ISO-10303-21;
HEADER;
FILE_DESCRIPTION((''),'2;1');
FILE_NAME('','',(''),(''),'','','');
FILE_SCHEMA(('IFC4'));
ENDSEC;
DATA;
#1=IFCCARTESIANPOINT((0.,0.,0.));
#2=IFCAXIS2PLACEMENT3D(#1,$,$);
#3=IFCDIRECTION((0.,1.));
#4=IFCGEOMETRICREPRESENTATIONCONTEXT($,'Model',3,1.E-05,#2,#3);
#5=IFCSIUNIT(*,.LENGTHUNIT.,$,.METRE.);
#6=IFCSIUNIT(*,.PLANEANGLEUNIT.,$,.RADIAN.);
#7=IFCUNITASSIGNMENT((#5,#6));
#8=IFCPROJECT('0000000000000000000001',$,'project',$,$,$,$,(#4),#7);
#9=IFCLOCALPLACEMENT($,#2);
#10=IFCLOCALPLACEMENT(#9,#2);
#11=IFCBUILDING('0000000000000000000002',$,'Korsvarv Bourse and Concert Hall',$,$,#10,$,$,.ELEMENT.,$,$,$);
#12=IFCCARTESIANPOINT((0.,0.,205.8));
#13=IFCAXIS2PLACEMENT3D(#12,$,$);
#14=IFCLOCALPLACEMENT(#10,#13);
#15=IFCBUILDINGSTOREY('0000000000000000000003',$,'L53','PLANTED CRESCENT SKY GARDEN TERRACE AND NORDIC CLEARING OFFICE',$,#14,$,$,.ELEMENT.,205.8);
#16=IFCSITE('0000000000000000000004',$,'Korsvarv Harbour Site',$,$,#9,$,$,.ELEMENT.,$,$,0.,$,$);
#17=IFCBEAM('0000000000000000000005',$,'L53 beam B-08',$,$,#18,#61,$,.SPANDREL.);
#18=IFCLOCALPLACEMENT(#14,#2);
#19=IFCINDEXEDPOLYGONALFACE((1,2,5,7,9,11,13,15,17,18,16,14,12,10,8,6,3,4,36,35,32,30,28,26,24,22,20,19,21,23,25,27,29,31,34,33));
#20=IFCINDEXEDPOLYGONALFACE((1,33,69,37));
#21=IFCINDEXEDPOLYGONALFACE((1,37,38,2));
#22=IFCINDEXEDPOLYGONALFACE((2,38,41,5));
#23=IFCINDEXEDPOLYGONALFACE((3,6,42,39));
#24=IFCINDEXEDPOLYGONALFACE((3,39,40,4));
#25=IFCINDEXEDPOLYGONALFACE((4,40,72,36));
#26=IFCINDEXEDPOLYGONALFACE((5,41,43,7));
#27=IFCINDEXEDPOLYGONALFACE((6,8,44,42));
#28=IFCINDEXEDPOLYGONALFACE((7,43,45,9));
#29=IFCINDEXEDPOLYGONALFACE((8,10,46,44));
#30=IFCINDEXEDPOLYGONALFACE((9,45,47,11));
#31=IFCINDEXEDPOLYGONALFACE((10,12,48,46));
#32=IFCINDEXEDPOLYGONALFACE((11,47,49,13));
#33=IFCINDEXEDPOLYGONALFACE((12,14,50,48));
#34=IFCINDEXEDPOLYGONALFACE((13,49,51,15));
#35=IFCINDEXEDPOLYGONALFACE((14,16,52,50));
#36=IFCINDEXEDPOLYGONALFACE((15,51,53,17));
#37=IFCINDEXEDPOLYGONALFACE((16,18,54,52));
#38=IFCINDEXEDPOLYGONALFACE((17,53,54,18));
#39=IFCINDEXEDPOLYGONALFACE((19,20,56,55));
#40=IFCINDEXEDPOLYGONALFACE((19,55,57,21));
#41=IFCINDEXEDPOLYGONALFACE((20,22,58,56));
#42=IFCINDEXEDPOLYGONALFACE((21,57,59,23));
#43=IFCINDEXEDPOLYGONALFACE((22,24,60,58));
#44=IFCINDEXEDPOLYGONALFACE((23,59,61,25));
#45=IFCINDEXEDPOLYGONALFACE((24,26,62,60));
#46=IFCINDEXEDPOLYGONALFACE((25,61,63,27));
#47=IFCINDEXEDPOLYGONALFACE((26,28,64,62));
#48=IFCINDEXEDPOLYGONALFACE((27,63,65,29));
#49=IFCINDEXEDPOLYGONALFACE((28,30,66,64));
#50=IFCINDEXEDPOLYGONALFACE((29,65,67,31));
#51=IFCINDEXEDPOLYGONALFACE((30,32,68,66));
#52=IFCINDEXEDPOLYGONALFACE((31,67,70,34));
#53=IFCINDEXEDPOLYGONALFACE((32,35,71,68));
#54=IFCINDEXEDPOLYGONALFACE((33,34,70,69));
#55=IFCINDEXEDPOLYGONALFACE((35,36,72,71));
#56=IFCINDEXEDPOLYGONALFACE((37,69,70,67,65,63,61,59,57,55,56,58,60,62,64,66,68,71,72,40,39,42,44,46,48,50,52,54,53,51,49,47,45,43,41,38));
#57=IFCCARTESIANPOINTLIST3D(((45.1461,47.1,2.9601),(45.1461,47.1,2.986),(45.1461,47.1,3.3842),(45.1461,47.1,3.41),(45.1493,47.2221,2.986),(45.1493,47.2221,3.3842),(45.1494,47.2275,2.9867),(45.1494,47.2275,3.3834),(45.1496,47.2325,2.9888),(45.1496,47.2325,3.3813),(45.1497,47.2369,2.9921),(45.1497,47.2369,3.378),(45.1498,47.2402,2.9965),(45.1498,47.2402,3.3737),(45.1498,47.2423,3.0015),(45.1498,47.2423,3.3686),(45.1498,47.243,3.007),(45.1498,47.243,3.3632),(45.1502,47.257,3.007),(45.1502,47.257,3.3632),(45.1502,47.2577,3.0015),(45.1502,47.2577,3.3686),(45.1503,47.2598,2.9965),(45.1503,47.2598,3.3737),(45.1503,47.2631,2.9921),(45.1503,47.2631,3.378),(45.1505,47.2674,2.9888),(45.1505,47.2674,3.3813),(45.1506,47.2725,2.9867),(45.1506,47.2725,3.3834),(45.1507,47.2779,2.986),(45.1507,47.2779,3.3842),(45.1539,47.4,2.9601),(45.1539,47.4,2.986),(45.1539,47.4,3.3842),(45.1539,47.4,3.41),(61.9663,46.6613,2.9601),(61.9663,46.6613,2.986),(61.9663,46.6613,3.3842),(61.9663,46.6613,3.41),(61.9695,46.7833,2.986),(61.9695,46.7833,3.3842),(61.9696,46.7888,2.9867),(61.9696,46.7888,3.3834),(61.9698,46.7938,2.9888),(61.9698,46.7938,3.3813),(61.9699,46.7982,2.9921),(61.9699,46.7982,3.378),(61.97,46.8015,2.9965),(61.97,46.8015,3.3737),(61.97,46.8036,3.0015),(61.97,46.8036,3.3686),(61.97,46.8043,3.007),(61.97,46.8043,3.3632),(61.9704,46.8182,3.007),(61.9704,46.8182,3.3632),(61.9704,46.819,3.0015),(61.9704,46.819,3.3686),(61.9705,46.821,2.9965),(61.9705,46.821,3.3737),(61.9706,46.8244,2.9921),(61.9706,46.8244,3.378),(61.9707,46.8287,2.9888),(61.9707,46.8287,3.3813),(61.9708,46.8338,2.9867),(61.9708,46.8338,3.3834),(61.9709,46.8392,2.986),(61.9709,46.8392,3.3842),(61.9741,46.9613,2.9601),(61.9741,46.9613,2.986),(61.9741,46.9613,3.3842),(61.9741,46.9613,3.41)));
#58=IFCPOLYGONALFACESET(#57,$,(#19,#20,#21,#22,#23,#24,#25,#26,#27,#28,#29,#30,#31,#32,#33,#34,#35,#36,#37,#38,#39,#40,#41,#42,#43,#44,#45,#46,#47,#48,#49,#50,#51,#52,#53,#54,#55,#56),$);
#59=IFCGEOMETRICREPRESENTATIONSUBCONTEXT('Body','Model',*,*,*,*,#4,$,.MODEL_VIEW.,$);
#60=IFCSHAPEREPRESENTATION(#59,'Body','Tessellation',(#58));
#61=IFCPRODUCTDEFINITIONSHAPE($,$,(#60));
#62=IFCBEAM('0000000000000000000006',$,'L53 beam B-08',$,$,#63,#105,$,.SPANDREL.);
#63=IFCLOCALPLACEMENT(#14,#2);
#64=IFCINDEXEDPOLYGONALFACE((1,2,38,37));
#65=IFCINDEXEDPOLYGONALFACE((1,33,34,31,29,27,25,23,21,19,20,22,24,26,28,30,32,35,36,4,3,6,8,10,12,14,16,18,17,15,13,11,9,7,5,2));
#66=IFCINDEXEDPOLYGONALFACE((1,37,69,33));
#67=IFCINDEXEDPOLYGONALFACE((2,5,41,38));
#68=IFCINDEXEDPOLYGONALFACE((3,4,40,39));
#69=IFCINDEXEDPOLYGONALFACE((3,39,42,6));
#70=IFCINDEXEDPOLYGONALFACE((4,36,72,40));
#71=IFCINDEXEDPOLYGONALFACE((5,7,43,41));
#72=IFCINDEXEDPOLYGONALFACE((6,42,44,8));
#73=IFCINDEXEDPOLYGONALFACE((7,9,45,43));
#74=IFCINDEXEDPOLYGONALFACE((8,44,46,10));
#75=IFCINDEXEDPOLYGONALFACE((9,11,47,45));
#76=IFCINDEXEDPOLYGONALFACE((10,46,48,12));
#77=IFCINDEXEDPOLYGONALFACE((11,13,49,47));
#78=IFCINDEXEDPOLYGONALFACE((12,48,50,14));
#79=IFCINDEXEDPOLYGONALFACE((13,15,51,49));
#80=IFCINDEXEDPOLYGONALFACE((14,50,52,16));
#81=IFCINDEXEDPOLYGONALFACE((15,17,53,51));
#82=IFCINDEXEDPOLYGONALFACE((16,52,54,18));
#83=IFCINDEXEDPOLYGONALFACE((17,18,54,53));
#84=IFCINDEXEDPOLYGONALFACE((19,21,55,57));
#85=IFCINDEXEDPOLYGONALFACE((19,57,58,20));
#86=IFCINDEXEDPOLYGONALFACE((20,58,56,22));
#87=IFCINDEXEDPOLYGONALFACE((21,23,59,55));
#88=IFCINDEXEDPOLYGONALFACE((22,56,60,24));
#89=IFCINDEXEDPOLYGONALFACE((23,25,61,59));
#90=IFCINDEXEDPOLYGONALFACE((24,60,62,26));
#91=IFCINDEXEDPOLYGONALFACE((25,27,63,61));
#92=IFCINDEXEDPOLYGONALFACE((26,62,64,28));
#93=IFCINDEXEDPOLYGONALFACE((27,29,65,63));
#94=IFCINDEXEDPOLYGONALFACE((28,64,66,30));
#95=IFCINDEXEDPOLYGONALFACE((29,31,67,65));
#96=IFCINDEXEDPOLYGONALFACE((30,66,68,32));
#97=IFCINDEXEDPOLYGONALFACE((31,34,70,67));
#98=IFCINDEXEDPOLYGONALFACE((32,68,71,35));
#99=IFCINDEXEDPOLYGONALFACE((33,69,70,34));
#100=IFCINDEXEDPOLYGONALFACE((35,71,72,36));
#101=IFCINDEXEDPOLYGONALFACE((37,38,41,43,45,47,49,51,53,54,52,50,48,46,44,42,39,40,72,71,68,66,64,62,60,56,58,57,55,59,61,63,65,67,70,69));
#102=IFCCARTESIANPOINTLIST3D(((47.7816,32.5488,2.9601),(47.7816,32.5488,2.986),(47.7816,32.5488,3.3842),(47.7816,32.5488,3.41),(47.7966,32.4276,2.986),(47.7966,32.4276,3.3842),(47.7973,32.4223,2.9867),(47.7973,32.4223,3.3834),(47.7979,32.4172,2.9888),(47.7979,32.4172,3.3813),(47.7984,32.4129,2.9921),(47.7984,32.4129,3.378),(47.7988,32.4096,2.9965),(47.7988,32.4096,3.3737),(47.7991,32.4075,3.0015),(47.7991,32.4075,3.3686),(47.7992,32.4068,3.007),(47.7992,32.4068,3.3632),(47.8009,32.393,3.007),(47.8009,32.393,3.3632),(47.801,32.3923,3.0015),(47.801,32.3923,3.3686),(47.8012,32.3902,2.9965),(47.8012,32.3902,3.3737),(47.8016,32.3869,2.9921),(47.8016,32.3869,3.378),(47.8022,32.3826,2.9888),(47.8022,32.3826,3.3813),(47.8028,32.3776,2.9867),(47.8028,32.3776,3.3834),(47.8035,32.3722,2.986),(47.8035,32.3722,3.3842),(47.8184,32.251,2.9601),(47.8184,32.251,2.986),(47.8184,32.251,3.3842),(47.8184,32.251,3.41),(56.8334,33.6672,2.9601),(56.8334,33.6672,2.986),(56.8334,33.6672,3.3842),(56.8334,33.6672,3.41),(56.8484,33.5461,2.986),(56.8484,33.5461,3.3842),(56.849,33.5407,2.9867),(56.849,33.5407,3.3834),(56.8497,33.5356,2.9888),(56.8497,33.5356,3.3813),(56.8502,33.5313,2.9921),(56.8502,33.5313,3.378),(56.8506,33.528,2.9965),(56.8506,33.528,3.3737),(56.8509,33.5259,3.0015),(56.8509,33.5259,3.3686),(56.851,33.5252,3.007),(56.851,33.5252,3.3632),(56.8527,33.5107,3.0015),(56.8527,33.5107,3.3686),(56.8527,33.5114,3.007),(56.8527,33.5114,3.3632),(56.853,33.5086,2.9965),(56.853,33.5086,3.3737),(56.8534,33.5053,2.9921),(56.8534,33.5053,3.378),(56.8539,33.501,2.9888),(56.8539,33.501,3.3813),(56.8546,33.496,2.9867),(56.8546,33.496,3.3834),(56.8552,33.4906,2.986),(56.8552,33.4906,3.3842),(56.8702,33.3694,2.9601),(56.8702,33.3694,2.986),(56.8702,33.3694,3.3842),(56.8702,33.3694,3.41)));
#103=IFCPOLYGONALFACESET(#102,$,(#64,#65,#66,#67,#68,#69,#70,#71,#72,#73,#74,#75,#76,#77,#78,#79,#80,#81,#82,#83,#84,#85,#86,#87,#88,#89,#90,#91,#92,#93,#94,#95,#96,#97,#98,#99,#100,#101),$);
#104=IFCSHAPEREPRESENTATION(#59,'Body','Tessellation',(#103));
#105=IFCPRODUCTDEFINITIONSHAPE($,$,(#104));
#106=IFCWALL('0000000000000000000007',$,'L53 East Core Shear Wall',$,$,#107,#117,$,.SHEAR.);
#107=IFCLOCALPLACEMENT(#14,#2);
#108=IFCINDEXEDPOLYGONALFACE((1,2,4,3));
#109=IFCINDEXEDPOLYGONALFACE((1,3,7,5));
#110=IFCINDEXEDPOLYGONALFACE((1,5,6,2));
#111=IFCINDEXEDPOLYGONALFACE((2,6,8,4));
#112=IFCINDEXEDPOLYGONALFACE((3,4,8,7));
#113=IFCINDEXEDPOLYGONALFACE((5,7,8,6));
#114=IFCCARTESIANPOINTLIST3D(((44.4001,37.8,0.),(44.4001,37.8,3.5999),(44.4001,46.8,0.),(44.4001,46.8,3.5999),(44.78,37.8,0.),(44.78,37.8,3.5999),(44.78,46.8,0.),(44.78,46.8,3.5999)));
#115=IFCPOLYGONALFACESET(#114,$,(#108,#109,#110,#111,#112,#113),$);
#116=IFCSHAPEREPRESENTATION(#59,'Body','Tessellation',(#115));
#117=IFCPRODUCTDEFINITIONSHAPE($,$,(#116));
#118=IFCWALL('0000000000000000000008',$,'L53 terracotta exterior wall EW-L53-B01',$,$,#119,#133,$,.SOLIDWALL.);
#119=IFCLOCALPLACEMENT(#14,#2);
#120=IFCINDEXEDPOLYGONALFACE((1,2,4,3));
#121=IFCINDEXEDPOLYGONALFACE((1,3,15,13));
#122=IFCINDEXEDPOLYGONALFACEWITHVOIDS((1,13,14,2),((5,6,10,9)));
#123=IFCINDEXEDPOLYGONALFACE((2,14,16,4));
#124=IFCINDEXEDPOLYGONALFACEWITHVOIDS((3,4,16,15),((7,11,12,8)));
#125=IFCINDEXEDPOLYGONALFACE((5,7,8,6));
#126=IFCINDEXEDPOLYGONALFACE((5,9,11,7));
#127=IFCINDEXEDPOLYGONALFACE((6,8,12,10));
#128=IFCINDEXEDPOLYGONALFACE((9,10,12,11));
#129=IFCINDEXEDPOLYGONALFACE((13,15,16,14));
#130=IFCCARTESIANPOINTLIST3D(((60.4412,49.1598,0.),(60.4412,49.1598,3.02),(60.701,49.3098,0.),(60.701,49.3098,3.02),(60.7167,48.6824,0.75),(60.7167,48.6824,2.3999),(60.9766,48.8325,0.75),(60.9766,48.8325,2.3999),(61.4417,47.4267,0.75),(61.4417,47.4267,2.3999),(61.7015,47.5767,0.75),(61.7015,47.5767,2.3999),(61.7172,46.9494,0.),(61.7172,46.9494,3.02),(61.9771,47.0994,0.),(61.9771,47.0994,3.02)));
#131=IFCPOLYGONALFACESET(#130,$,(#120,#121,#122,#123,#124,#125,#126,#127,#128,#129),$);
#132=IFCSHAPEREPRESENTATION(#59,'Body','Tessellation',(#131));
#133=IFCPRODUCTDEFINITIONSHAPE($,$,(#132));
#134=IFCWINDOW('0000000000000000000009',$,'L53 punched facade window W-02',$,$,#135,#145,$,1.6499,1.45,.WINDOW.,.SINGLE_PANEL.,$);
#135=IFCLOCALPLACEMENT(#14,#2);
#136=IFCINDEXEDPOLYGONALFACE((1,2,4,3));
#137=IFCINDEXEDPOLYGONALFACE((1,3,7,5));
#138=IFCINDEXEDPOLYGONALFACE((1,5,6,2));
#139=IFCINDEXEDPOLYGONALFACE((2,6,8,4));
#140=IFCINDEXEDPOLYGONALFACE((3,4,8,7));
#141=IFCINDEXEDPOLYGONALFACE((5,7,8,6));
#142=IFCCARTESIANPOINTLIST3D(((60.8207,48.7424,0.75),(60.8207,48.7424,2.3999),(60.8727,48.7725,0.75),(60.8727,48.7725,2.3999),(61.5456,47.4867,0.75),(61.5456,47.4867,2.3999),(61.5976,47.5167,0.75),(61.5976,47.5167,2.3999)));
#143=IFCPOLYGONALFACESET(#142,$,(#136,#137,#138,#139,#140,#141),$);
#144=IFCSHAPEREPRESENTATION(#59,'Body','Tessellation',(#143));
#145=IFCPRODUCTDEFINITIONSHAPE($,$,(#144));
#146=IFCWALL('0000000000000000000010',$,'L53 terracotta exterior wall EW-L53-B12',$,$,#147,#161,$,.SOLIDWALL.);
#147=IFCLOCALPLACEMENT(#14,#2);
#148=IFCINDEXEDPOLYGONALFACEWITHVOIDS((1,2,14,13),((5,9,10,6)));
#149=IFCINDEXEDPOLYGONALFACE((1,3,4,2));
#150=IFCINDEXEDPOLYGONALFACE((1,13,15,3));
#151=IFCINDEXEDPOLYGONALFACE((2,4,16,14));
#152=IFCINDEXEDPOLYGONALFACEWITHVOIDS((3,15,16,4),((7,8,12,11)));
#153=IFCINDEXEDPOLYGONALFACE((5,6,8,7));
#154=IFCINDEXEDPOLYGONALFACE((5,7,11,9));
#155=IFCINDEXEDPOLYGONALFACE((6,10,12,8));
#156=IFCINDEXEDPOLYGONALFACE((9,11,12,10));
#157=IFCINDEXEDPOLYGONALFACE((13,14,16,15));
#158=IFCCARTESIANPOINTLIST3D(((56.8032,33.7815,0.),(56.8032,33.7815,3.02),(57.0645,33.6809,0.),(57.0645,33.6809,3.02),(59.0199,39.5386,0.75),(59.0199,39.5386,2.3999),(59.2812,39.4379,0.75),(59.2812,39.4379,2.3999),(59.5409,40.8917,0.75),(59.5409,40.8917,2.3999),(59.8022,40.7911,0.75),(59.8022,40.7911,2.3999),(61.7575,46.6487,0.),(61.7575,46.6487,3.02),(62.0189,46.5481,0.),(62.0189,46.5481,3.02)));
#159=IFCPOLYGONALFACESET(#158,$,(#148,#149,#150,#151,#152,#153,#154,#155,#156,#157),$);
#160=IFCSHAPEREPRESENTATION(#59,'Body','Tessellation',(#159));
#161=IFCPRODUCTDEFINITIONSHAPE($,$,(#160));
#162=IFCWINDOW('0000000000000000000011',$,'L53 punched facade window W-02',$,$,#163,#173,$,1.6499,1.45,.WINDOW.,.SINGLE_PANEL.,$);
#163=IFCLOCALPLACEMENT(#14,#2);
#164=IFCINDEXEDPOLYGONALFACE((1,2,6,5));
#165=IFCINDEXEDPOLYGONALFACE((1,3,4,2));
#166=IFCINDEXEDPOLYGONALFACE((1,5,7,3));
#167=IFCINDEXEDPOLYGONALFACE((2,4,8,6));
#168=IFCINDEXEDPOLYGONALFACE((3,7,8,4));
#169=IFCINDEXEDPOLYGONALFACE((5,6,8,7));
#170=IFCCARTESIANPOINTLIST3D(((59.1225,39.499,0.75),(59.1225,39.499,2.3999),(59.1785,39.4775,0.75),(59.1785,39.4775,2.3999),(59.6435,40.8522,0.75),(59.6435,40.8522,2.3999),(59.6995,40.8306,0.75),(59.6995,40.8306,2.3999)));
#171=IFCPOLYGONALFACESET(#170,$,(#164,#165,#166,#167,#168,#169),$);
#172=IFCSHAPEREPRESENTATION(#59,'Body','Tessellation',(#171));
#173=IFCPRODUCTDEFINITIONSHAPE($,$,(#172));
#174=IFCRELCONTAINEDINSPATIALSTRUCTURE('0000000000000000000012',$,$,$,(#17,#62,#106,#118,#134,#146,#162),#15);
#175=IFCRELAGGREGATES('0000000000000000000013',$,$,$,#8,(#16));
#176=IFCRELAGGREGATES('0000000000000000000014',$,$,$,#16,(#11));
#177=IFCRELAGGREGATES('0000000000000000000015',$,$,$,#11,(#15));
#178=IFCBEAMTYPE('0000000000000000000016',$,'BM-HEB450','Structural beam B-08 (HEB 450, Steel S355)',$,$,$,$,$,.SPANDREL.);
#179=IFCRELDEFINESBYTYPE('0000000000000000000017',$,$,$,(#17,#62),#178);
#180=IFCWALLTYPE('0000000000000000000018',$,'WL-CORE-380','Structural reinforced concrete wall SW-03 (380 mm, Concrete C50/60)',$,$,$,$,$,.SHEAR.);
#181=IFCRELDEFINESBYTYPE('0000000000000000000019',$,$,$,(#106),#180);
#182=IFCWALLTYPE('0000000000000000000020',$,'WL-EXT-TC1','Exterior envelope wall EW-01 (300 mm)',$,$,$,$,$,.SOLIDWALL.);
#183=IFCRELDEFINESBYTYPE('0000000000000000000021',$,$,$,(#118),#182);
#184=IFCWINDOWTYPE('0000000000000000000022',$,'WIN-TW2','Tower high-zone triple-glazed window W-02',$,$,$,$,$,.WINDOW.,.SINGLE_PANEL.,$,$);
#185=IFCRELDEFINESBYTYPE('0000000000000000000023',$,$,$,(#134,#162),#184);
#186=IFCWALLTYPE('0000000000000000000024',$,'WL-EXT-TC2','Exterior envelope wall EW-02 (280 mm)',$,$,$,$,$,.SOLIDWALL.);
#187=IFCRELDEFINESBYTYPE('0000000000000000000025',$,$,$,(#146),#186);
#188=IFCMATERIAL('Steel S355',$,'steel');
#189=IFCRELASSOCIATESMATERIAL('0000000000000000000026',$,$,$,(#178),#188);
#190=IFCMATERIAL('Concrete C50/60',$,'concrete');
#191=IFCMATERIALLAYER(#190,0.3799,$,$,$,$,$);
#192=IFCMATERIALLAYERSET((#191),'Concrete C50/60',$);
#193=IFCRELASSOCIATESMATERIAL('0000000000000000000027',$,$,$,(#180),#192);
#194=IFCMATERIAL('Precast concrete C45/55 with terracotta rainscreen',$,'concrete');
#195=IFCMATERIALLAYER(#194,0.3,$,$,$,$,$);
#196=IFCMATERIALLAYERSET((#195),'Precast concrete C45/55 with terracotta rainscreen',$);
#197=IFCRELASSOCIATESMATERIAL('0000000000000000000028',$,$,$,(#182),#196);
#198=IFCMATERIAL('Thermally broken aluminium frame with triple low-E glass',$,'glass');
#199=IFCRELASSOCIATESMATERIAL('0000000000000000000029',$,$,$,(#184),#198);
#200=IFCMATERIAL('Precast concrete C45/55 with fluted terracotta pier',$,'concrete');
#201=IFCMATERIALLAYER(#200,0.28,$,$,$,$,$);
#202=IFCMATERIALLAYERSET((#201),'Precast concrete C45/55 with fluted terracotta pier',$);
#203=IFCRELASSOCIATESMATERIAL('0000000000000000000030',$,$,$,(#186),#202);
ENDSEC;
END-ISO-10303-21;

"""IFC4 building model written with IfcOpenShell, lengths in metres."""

from ifc_helpers import new_model, si_unit, direction, frame, frame_2d, origin, origin_2d, place, context, subcontext, project, spatial, rectangle, i_section, extrude, source, transform, mapped, material, layer, layer_set, material_profile, profile_set, type_object, element, fill, save


model = new_model("IFC4")

# Units and contexts
model_context = context("Model", 3, precision=1e-05, world=origin(), true_north=direction((0.0, 1.0)))
body_context = subcontext(model_context, "Body", "Model", "MODEL_VIEW")
ifc_project = project(units=[si_unit("LENGTHUNIT", "METRE"), si_unit("PLANEANGLEUNIT", "RADIAN")], contexts=[model_context])

# Site, building, storey
site_placement = place(None, origin())
site = spatial("IfcSite", under=ifc_project, at=site_placement, Name="Korsvarv Harbour Site", CompositionType="ELEMENT", RefElevation=0.0)
building_placement = place(site_placement, origin())
building = spatial("IfcBuilding", under=site, at=building_placement, Name="Korsvarv Bourse and Concert Hall", CompositionType="ELEMENT")
storey_placement = place(building_placement, frame((0.0, 0.0, 205.8)))
storey = spatial("IfcBuildingStorey", under=building, at=storey_placement, Name="L53", Description="PLANTED CRESCENT SKY GARDEN TERRACE AND NORDIC CLEARING OFFICE", CompositionType="ELEMENT", Elevation=205.8)

# Shared definitions
ifc_material_1 = material(Name="Steel S355", Category="steel")

# Beams
ifc_material_profile_1 = material_profile(ifc_material_1, i_section(OverallWidth=0.3, OverallDepth=0.45, WebThickness=0.0139, FlangeThickness=0.0259, FilletRadius=0.021, at=origin_2d()), Name="HEB 450")
ifc_profile_set_1 = profile_set([ifc_material_profile_1], Name="Steel S355")
beam_type_1 = type_object("IfcBeamType", Name="BM-HEB450", Description="Structural beam B-08 (HEB 450, Steel S355)", PredefinedType="SPANDREL", material=ifc_profile_set_1)
shared_shape_1 = source(origin(), body_context, "Body", "SweptSolid", [
    extrude(i_section(OverallWidth=0.3, OverallDepth=0.45, WebThickness=0.0139, FlangeThickness=0.0259, FilletRadius=0.021, at=origin_2d()), origin(), (0.0, 0.0, 1.0), 16.8259),
])
beam_1_placement = place(storey_placement, frame((61.9702, 46.8113, 3.1851), z_axis=(-0.99966, 0.026074, 0.0), x_axis=(-0.026074, -0.99966, 0.0)))
element("IfcBeam", 1, at=beam_1_placement, inside=storey, type_object=beam_type_1, Name="L53 beam B-08", PredefinedType="SPANDREL", context=body_context, shape_type="MappedRepresentation", body=[
    mapped(shared_shape_1, transform((0.0, 0.0, 0.0), scale=1.0)),
])
shared_shape_2 = source(origin(), body_context, "Body", "SweptSolid", [
    extrude(i_section(OverallWidth=0.3, OverallDepth=0.45, WebThickness=0.0139, FlangeThickness=0.0259, FilletRadius=0.021, at=origin_2d()), origin(), (0.0, 0.0, 1.0), 9.1206),
])
beam_2_placement = place(storey_placement, frame((56.8518, 33.5183, 3.1851), z_axis=(-0.992453, -0.122625, 0.0), x_axis=(0.122625, -0.992453, 0.0)))
element("IfcBeam", 2, at=beam_2_placement, inside=storey, type_object=beam_type_1, Name="L53 beam B-08", PredefinedType="SPANDREL", context=body_context, shape_type="MappedRepresentation", body=[
    mapped(shared_shape_2, transform((0.0, 0.0, 0.0), scale=1.0)),
])

# Wall
ifc_material_2 = material(Name="Concrete C50/60", Category="concrete")
ifc_layer_1 = layer(ifc_material_2, 0.3799)
ifc_layer_set_1 = layer_set([ifc_layer_1], Name="Concrete C50/60")
wall_type_1 = type_object("IfcWallType", Name="WL-CORE-380", Description="Structural reinforced concrete wall SW-03 (380 mm, Concrete C50/60)", PredefinedType="SHEAR", material=ifc_layer_set_1)
wall_1_placement = place(storey_placement, frame((44.5901, 37.8, 0.0), z_axis=(0.0, 0.0, 1.0), x_axis=(0.0, 1.0, 0.0)))
element("IfcWall", 3, at=wall_1_placement, inside=storey, type_object=wall_type_1, Name="L53 East Core Shear Wall", PredefinedType="SHEAR", context=body_context, shape_type="SweptSolid", body=[
    extrude(rectangle(XDim=9.0, YDim=0.3799, at=frame_2d((4.5, 0.0))), origin(), (0.0, 0.0, 1.0), 3.5999),
])

# Walls, openings, windows
ifc_material_3 = material(Name="Precast concrete C45/55 with terracotta rainscreen", Category="concrete")
ifc_layer_2 = layer(ifc_material_3, 0.3)
ifc_layer_set_2 = layer_set([ifc_layer_2], Name="Precast concrete C45/55 with terracotta rainscreen")
wall_type_2 = type_object("IfcWallType", Name="WL-EXT-TC1", Description="Exterior envelope wall EW-01 (300 mm)", PredefinedType="SOLIDWALL", material=ifc_layer_set_2)
wall_2_placement = place(storey_placement, frame((61.8472, 47.0244, 0.0), z_axis=(0.0, 0.0, 1.0), x_axis=(-0.499976, 0.866039, 0.0)))
wall_2 = element("IfcWall", 4, at=wall_2_placement, inside=storey, type_object=wall_type_2, Name="L53 terracotta exterior wall EW-L53-B01", PredefinedType="SOLIDWALL", context=body_context, shape_type="SweptSolid", body=[
    extrude(rectangle(XDim=2.5522, YDim=0.3, at=frame_2d((1.2761, 0.0))), origin(), (0.0, 0.0, 1.0), 3.02),
])
opening_1_placement = place(wall_2_placement, frame((0.551, 0.0, 0.75)))
opening_1 = element("IfcOpeningElement", 5, at=opening_1_placement, cuts=wall_2, PredefinedType="OPENING", context=body_context, shape_type="SweptSolid", body=[
    extrude(rectangle(XDim=1.45, YDim=1.6499, at=frame_2d((0.7251, 0.825))), frame((0.0, 0.1602, 0.0), z_axis=(0.0, -1.0, 0.0), x_axis=(1.0, 0.0, 0.0)), (0.0, 0.0, 1.0), 0.3201),
])
ifc_material_4 = material(Name="Thermally broken aluminium frame with triple low-E glass", Category="glass")
window_type = type_object("IfcWindowType", Name="WIN-TW2", Description="Tower high-zone triple-glazed window W-02", PartitioningType="SINGLE_PANEL", PredefinedType="WINDOW", material=ifc_material_4)
window_1_placement = place(opening_1_placement, origin())
window_1 = element("IfcWindow", 6, at=window_1_placement, inside=storey, type_object=window_type, Name="L53 punched facade window W-02", OverallHeight=1.6499, OverallWidth=1.45, PartitioningType="SINGLE_PANEL", PredefinedType="WINDOW", context=body_context, shape_type="SweptSolid", body=[
    extrude(rectangle(XDim=1.45, YDim=1.6499, at=frame_2d((0.7251, 0.825))), frame((0.0, 0.03, 0.0), z_axis=(0.0, -1.0, 0.0), x_axis=(1.0, 0.0, 0.0)), (0.0, 0.0, 1.0), 0.0601),
])
fill(opening_1, window_1)
ifc_material_5 = material(Name="Precast concrete C45/55 with fluted terracotta pier", Category="concrete")
ifc_layer_3 = layer(ifc_material_5, 0.28)
ifc_layer_set_3 = layer_set([ifc_layer_3], Name="Precast concrete C45/55 with fluted terracotta pier")
wall_type_3 = type_object("IfcWallType", Name="WL-EXT-TC2", Description="Exterior envelope wall EW-02 (280 mm)", PredefinedType="SOLIDWALL", material=ifc_layer_set_3)
wall_3_placement = place(storey_placement, frame((56.9338, 33.7312, 0.0), z_axis=(0.0, 0.0, 1.0), x_axis=(0.359322, 0.933214, 0.0)))
wall_3 = element("IfcWall", 7, at=wall_3_placement, inside=storey, type_object=wall_type_3, Name="L53 terracotta exterior wall EW-L53-B12", PredefinedType="SOLIDWALL", context=body_context, shape_type="SweptSolid", body=[
    extrude(rectangle(XDim=13.7881, YDim=0.28, at=frame_2d((6.894, 0.0))), origin(), (0.0, 0.0, 1.0), 3.02),
])
opening_2_placement = place(wall_3_placement, frame((6.1689, 0.0, 0.75)))
opening_2 = element("IfcOpeningElement", 8, at=opening_2_placement, cuts=wall_3, PredefinedType="OPENING", context=body_context, shape_type="SweptSolid", body=[
    extrude(rectangle(XDim=1.45, YDim=1.6499, at=frame_2d((0.7251, 0.825))), frame((0.0, 0.1499, 0.0), z_axis=(0.0, -1.0, 0.0), x_axis=(1.0, 0.0, 0.0)), (0.0, 0.0, 1.0), 0.3),
])
window_2_placement = place(opening_2_placement, origin())
window_2 = element("IfcWindow", 9, at=window_2_placement, inside=storey, type_object=window_type, Name="L53 punched facade window W-02", OverallHeight=1.6499, OverallWidth=1.45, PartitioningType="SINGLE_PANEL", PredefinedType="WINDOW", context=body_context, shape_type="SweptSolid", body=[
    extrude(rectangle(XDim=1.45, YDim=1.6499, at=frame_2d((0.7251, 0.825))), frame((0.0, 0.03, 0.0), z_axis=(0.0, -1.0, 0.0), x_axis=(1.0, 0.0, 0.0)), (0.0, 0.0, 1.0), 0.0601),
])
fill(opening_2, window_2)

save(model, "model.ifc")
